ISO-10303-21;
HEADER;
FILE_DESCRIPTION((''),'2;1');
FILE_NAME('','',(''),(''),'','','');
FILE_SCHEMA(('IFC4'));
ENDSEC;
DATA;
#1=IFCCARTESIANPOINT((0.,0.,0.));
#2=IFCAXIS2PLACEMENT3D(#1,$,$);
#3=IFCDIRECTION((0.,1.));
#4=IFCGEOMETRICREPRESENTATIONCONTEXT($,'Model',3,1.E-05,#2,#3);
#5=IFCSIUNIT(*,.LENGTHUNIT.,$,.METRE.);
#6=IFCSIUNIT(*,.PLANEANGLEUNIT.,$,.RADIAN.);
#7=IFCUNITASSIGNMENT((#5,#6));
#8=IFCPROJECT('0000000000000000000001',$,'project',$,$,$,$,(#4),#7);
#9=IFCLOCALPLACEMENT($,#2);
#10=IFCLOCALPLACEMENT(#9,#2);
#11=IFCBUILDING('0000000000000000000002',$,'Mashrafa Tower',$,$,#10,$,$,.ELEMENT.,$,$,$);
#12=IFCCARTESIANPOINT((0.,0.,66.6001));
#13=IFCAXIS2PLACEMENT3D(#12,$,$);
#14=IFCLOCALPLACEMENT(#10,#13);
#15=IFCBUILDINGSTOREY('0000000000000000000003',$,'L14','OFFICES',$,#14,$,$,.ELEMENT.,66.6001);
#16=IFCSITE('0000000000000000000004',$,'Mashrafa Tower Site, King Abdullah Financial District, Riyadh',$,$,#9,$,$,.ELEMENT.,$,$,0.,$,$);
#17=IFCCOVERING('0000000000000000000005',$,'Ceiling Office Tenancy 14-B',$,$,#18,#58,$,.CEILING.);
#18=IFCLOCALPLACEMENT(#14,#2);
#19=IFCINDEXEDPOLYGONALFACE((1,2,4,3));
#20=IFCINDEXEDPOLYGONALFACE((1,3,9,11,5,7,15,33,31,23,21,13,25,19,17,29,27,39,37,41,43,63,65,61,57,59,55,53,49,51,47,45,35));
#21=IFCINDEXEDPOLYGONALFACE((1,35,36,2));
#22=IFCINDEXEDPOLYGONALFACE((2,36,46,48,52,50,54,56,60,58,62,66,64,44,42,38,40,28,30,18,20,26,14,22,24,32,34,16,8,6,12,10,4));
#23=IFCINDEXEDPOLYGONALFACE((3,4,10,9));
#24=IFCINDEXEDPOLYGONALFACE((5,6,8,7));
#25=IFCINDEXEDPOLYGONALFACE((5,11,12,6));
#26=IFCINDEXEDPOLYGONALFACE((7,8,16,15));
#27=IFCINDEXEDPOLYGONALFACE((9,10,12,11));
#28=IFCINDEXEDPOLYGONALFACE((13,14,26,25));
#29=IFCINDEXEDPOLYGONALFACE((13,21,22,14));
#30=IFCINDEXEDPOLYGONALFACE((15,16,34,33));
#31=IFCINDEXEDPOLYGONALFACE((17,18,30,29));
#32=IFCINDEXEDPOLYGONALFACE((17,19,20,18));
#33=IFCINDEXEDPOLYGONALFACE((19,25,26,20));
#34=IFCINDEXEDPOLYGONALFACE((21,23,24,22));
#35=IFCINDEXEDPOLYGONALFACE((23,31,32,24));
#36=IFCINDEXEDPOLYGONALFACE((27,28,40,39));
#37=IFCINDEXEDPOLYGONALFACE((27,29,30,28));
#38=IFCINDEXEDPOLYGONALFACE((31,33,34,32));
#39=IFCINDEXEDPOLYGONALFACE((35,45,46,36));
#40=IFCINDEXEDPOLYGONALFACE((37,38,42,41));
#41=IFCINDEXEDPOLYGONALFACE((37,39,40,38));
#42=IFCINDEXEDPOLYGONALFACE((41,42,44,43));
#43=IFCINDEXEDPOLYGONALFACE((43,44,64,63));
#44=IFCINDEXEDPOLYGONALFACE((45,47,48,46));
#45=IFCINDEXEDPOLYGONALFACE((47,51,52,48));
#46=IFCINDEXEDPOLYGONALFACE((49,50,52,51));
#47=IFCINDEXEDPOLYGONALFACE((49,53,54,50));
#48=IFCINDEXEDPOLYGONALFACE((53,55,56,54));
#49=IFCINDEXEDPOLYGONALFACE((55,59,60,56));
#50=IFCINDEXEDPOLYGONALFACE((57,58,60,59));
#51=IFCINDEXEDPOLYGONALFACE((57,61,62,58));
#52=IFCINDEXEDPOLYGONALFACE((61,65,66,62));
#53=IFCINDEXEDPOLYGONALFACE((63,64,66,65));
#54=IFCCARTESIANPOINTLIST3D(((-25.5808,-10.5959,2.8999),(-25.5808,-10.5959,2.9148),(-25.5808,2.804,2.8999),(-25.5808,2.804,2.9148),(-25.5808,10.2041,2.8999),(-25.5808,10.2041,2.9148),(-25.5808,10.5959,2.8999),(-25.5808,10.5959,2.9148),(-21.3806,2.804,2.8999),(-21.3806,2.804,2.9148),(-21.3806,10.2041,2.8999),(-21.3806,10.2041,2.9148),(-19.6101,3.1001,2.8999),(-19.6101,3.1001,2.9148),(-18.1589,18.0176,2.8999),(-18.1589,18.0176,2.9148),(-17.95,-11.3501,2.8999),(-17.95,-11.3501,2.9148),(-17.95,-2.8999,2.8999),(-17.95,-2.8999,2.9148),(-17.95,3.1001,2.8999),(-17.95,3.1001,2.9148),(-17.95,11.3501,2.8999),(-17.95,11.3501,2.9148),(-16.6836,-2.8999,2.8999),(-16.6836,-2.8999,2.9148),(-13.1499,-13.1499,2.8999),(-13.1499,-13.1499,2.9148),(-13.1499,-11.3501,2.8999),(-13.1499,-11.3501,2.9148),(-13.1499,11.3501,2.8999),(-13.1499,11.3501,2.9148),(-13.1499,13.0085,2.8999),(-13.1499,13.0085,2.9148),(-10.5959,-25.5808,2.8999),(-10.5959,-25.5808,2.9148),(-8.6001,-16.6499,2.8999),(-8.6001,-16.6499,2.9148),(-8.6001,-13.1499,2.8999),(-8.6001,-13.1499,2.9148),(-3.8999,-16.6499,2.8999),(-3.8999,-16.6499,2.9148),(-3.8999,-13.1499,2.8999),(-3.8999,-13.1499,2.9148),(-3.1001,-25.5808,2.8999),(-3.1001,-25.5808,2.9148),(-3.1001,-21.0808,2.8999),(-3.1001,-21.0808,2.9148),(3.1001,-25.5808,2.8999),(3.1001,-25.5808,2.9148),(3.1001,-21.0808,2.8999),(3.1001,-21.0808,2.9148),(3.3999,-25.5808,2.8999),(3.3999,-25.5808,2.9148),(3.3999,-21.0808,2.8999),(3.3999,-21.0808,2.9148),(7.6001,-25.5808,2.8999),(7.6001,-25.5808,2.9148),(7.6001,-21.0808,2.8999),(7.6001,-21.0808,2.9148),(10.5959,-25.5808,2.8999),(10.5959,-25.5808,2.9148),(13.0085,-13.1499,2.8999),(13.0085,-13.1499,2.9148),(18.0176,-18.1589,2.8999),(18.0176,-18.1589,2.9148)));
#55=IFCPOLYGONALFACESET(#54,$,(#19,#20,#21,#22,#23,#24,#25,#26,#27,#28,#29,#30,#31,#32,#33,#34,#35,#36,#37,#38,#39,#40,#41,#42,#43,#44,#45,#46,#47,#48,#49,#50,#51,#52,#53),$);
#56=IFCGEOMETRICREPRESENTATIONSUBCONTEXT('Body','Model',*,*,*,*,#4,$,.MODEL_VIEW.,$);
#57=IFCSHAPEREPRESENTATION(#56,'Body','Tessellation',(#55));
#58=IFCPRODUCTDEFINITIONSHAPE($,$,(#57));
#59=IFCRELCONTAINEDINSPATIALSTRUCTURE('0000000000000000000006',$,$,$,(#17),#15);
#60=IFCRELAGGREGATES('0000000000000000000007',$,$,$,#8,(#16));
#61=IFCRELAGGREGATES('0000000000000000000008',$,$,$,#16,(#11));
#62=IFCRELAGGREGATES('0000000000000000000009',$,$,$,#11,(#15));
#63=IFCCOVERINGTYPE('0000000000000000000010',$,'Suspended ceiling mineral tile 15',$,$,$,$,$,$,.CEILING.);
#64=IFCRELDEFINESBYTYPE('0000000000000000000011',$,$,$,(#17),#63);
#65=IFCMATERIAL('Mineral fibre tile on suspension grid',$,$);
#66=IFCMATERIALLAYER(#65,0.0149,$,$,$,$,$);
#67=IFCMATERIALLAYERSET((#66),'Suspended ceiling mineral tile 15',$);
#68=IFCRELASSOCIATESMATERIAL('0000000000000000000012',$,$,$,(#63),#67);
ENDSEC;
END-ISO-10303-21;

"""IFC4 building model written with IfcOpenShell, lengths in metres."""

from ifc_helpers import new_model, si_unit, direction, frame, origin, place, context, subcontext, project, spatial, polyline, outline, extrude, material, layer, layer_set, type_object, element, save


model = new_model("IFC4")

# Units and contexts
model_context = context("Model", 3, precision=1e-05, world=origin(), true_north=direction((0.0, 1.0)))
body_context = subcontext(model_context, "Body", "Model", "MODEL_VIEW")
ifc_project = project(units=[si_unit("LENGTHUNIT", "METRE"), si_unit("PLANEANGLEUNIT", "RADIAN")], contexts=[model_context])

# Site, building, storey
site_placement = place(None, origin())
site = spatial("IfcSite", under=ifc_project, at=site_placement, Name="Mashrafa Tower Site, King Abdullah Financial District, Riyadh", CompositionType="ELEMENT", RefElevation=0.0)
building_placement = place(site_placement, origin())
building = spatial("IfcBuilding", under=site, at=building_placement, Name="Mashrafa Tower", CompositionType="ELEMENT")
storey_placement = place(building_placement, frame((0.0, 0.0, 66.6001)))
storey = spatial("IfcBuildingStorey", under=building, at=storey_placement, Name="L14", Description="OFFICES", CompositionType="ELEMENT", Elevation=66.6001)

# Covering
ifc_material_1 = material(Name="Mineral fibre tile on suspension grid")
ifc_layer_1 = layer(ifc_material_1, 0.0149)
ifc_layer_set_1 = layer_set([ifc_layer_1], Name="Suspended ceiling mineral tile 15")
covering_type = type_object("IfcCoveringType", Name="Suspended ceiling mineral tile 15", PredefinedType="CEILING", material=ifc_layer_set_1)
covering_1_placement = place(storey_placement, frame((0.0, 0.0, 2.8999)))
element("IfcCovering", 1, at=covering_1_placement, inside=storey, type_object=covering_type, Name="Ceiling Office Tenancy 14-B", PredefinedType="CEILING", context=body_context, shape_type="SweptSolid", body=[
    extrude(outline(polyline([(13.0085, -13.1499), (18.0176, -18.1589), (10.5959, -25.5808), (7.6001, -25.5808), (7.6001, -21.0808), (3.3999, -21.0808), (3.3999, -25.5808), (3.1001, -25.5808), (3.1001, -21.0808), (-3.1001, -21.0808), (-3.1001, -25.5808), (-10.5959, -25.5808), (-25.5808, -10.5959), (-25.5808, 2.804), (-21.3806, 2.804), (-21.3806, 10.2041), (-25.5808, 10.2041), (-25.5808, 10.5959), (-18.1589, 18.0176), (-13.1499, 13.0085), (-13.1499, 11.3501), (-17.95, 11.3501), (-17.95, 3.1001), (-19.6101, 3.1001), (-16.6836, -2.8999), (-17.95, -2.8999), (-17.95, -11.3501), (-13.1499, -11.3501), (-13.1499, -13.1499), (-8.6001, -13.1499), (-8.6001, -16.6499), (-3.8999, -16.6499), (-3.8999, -13.1499), (13.0085, -13.1499)])), origin(), (0.0, 0.0, 1.0), 0.0149),
])

save(model, "model.ifc")
